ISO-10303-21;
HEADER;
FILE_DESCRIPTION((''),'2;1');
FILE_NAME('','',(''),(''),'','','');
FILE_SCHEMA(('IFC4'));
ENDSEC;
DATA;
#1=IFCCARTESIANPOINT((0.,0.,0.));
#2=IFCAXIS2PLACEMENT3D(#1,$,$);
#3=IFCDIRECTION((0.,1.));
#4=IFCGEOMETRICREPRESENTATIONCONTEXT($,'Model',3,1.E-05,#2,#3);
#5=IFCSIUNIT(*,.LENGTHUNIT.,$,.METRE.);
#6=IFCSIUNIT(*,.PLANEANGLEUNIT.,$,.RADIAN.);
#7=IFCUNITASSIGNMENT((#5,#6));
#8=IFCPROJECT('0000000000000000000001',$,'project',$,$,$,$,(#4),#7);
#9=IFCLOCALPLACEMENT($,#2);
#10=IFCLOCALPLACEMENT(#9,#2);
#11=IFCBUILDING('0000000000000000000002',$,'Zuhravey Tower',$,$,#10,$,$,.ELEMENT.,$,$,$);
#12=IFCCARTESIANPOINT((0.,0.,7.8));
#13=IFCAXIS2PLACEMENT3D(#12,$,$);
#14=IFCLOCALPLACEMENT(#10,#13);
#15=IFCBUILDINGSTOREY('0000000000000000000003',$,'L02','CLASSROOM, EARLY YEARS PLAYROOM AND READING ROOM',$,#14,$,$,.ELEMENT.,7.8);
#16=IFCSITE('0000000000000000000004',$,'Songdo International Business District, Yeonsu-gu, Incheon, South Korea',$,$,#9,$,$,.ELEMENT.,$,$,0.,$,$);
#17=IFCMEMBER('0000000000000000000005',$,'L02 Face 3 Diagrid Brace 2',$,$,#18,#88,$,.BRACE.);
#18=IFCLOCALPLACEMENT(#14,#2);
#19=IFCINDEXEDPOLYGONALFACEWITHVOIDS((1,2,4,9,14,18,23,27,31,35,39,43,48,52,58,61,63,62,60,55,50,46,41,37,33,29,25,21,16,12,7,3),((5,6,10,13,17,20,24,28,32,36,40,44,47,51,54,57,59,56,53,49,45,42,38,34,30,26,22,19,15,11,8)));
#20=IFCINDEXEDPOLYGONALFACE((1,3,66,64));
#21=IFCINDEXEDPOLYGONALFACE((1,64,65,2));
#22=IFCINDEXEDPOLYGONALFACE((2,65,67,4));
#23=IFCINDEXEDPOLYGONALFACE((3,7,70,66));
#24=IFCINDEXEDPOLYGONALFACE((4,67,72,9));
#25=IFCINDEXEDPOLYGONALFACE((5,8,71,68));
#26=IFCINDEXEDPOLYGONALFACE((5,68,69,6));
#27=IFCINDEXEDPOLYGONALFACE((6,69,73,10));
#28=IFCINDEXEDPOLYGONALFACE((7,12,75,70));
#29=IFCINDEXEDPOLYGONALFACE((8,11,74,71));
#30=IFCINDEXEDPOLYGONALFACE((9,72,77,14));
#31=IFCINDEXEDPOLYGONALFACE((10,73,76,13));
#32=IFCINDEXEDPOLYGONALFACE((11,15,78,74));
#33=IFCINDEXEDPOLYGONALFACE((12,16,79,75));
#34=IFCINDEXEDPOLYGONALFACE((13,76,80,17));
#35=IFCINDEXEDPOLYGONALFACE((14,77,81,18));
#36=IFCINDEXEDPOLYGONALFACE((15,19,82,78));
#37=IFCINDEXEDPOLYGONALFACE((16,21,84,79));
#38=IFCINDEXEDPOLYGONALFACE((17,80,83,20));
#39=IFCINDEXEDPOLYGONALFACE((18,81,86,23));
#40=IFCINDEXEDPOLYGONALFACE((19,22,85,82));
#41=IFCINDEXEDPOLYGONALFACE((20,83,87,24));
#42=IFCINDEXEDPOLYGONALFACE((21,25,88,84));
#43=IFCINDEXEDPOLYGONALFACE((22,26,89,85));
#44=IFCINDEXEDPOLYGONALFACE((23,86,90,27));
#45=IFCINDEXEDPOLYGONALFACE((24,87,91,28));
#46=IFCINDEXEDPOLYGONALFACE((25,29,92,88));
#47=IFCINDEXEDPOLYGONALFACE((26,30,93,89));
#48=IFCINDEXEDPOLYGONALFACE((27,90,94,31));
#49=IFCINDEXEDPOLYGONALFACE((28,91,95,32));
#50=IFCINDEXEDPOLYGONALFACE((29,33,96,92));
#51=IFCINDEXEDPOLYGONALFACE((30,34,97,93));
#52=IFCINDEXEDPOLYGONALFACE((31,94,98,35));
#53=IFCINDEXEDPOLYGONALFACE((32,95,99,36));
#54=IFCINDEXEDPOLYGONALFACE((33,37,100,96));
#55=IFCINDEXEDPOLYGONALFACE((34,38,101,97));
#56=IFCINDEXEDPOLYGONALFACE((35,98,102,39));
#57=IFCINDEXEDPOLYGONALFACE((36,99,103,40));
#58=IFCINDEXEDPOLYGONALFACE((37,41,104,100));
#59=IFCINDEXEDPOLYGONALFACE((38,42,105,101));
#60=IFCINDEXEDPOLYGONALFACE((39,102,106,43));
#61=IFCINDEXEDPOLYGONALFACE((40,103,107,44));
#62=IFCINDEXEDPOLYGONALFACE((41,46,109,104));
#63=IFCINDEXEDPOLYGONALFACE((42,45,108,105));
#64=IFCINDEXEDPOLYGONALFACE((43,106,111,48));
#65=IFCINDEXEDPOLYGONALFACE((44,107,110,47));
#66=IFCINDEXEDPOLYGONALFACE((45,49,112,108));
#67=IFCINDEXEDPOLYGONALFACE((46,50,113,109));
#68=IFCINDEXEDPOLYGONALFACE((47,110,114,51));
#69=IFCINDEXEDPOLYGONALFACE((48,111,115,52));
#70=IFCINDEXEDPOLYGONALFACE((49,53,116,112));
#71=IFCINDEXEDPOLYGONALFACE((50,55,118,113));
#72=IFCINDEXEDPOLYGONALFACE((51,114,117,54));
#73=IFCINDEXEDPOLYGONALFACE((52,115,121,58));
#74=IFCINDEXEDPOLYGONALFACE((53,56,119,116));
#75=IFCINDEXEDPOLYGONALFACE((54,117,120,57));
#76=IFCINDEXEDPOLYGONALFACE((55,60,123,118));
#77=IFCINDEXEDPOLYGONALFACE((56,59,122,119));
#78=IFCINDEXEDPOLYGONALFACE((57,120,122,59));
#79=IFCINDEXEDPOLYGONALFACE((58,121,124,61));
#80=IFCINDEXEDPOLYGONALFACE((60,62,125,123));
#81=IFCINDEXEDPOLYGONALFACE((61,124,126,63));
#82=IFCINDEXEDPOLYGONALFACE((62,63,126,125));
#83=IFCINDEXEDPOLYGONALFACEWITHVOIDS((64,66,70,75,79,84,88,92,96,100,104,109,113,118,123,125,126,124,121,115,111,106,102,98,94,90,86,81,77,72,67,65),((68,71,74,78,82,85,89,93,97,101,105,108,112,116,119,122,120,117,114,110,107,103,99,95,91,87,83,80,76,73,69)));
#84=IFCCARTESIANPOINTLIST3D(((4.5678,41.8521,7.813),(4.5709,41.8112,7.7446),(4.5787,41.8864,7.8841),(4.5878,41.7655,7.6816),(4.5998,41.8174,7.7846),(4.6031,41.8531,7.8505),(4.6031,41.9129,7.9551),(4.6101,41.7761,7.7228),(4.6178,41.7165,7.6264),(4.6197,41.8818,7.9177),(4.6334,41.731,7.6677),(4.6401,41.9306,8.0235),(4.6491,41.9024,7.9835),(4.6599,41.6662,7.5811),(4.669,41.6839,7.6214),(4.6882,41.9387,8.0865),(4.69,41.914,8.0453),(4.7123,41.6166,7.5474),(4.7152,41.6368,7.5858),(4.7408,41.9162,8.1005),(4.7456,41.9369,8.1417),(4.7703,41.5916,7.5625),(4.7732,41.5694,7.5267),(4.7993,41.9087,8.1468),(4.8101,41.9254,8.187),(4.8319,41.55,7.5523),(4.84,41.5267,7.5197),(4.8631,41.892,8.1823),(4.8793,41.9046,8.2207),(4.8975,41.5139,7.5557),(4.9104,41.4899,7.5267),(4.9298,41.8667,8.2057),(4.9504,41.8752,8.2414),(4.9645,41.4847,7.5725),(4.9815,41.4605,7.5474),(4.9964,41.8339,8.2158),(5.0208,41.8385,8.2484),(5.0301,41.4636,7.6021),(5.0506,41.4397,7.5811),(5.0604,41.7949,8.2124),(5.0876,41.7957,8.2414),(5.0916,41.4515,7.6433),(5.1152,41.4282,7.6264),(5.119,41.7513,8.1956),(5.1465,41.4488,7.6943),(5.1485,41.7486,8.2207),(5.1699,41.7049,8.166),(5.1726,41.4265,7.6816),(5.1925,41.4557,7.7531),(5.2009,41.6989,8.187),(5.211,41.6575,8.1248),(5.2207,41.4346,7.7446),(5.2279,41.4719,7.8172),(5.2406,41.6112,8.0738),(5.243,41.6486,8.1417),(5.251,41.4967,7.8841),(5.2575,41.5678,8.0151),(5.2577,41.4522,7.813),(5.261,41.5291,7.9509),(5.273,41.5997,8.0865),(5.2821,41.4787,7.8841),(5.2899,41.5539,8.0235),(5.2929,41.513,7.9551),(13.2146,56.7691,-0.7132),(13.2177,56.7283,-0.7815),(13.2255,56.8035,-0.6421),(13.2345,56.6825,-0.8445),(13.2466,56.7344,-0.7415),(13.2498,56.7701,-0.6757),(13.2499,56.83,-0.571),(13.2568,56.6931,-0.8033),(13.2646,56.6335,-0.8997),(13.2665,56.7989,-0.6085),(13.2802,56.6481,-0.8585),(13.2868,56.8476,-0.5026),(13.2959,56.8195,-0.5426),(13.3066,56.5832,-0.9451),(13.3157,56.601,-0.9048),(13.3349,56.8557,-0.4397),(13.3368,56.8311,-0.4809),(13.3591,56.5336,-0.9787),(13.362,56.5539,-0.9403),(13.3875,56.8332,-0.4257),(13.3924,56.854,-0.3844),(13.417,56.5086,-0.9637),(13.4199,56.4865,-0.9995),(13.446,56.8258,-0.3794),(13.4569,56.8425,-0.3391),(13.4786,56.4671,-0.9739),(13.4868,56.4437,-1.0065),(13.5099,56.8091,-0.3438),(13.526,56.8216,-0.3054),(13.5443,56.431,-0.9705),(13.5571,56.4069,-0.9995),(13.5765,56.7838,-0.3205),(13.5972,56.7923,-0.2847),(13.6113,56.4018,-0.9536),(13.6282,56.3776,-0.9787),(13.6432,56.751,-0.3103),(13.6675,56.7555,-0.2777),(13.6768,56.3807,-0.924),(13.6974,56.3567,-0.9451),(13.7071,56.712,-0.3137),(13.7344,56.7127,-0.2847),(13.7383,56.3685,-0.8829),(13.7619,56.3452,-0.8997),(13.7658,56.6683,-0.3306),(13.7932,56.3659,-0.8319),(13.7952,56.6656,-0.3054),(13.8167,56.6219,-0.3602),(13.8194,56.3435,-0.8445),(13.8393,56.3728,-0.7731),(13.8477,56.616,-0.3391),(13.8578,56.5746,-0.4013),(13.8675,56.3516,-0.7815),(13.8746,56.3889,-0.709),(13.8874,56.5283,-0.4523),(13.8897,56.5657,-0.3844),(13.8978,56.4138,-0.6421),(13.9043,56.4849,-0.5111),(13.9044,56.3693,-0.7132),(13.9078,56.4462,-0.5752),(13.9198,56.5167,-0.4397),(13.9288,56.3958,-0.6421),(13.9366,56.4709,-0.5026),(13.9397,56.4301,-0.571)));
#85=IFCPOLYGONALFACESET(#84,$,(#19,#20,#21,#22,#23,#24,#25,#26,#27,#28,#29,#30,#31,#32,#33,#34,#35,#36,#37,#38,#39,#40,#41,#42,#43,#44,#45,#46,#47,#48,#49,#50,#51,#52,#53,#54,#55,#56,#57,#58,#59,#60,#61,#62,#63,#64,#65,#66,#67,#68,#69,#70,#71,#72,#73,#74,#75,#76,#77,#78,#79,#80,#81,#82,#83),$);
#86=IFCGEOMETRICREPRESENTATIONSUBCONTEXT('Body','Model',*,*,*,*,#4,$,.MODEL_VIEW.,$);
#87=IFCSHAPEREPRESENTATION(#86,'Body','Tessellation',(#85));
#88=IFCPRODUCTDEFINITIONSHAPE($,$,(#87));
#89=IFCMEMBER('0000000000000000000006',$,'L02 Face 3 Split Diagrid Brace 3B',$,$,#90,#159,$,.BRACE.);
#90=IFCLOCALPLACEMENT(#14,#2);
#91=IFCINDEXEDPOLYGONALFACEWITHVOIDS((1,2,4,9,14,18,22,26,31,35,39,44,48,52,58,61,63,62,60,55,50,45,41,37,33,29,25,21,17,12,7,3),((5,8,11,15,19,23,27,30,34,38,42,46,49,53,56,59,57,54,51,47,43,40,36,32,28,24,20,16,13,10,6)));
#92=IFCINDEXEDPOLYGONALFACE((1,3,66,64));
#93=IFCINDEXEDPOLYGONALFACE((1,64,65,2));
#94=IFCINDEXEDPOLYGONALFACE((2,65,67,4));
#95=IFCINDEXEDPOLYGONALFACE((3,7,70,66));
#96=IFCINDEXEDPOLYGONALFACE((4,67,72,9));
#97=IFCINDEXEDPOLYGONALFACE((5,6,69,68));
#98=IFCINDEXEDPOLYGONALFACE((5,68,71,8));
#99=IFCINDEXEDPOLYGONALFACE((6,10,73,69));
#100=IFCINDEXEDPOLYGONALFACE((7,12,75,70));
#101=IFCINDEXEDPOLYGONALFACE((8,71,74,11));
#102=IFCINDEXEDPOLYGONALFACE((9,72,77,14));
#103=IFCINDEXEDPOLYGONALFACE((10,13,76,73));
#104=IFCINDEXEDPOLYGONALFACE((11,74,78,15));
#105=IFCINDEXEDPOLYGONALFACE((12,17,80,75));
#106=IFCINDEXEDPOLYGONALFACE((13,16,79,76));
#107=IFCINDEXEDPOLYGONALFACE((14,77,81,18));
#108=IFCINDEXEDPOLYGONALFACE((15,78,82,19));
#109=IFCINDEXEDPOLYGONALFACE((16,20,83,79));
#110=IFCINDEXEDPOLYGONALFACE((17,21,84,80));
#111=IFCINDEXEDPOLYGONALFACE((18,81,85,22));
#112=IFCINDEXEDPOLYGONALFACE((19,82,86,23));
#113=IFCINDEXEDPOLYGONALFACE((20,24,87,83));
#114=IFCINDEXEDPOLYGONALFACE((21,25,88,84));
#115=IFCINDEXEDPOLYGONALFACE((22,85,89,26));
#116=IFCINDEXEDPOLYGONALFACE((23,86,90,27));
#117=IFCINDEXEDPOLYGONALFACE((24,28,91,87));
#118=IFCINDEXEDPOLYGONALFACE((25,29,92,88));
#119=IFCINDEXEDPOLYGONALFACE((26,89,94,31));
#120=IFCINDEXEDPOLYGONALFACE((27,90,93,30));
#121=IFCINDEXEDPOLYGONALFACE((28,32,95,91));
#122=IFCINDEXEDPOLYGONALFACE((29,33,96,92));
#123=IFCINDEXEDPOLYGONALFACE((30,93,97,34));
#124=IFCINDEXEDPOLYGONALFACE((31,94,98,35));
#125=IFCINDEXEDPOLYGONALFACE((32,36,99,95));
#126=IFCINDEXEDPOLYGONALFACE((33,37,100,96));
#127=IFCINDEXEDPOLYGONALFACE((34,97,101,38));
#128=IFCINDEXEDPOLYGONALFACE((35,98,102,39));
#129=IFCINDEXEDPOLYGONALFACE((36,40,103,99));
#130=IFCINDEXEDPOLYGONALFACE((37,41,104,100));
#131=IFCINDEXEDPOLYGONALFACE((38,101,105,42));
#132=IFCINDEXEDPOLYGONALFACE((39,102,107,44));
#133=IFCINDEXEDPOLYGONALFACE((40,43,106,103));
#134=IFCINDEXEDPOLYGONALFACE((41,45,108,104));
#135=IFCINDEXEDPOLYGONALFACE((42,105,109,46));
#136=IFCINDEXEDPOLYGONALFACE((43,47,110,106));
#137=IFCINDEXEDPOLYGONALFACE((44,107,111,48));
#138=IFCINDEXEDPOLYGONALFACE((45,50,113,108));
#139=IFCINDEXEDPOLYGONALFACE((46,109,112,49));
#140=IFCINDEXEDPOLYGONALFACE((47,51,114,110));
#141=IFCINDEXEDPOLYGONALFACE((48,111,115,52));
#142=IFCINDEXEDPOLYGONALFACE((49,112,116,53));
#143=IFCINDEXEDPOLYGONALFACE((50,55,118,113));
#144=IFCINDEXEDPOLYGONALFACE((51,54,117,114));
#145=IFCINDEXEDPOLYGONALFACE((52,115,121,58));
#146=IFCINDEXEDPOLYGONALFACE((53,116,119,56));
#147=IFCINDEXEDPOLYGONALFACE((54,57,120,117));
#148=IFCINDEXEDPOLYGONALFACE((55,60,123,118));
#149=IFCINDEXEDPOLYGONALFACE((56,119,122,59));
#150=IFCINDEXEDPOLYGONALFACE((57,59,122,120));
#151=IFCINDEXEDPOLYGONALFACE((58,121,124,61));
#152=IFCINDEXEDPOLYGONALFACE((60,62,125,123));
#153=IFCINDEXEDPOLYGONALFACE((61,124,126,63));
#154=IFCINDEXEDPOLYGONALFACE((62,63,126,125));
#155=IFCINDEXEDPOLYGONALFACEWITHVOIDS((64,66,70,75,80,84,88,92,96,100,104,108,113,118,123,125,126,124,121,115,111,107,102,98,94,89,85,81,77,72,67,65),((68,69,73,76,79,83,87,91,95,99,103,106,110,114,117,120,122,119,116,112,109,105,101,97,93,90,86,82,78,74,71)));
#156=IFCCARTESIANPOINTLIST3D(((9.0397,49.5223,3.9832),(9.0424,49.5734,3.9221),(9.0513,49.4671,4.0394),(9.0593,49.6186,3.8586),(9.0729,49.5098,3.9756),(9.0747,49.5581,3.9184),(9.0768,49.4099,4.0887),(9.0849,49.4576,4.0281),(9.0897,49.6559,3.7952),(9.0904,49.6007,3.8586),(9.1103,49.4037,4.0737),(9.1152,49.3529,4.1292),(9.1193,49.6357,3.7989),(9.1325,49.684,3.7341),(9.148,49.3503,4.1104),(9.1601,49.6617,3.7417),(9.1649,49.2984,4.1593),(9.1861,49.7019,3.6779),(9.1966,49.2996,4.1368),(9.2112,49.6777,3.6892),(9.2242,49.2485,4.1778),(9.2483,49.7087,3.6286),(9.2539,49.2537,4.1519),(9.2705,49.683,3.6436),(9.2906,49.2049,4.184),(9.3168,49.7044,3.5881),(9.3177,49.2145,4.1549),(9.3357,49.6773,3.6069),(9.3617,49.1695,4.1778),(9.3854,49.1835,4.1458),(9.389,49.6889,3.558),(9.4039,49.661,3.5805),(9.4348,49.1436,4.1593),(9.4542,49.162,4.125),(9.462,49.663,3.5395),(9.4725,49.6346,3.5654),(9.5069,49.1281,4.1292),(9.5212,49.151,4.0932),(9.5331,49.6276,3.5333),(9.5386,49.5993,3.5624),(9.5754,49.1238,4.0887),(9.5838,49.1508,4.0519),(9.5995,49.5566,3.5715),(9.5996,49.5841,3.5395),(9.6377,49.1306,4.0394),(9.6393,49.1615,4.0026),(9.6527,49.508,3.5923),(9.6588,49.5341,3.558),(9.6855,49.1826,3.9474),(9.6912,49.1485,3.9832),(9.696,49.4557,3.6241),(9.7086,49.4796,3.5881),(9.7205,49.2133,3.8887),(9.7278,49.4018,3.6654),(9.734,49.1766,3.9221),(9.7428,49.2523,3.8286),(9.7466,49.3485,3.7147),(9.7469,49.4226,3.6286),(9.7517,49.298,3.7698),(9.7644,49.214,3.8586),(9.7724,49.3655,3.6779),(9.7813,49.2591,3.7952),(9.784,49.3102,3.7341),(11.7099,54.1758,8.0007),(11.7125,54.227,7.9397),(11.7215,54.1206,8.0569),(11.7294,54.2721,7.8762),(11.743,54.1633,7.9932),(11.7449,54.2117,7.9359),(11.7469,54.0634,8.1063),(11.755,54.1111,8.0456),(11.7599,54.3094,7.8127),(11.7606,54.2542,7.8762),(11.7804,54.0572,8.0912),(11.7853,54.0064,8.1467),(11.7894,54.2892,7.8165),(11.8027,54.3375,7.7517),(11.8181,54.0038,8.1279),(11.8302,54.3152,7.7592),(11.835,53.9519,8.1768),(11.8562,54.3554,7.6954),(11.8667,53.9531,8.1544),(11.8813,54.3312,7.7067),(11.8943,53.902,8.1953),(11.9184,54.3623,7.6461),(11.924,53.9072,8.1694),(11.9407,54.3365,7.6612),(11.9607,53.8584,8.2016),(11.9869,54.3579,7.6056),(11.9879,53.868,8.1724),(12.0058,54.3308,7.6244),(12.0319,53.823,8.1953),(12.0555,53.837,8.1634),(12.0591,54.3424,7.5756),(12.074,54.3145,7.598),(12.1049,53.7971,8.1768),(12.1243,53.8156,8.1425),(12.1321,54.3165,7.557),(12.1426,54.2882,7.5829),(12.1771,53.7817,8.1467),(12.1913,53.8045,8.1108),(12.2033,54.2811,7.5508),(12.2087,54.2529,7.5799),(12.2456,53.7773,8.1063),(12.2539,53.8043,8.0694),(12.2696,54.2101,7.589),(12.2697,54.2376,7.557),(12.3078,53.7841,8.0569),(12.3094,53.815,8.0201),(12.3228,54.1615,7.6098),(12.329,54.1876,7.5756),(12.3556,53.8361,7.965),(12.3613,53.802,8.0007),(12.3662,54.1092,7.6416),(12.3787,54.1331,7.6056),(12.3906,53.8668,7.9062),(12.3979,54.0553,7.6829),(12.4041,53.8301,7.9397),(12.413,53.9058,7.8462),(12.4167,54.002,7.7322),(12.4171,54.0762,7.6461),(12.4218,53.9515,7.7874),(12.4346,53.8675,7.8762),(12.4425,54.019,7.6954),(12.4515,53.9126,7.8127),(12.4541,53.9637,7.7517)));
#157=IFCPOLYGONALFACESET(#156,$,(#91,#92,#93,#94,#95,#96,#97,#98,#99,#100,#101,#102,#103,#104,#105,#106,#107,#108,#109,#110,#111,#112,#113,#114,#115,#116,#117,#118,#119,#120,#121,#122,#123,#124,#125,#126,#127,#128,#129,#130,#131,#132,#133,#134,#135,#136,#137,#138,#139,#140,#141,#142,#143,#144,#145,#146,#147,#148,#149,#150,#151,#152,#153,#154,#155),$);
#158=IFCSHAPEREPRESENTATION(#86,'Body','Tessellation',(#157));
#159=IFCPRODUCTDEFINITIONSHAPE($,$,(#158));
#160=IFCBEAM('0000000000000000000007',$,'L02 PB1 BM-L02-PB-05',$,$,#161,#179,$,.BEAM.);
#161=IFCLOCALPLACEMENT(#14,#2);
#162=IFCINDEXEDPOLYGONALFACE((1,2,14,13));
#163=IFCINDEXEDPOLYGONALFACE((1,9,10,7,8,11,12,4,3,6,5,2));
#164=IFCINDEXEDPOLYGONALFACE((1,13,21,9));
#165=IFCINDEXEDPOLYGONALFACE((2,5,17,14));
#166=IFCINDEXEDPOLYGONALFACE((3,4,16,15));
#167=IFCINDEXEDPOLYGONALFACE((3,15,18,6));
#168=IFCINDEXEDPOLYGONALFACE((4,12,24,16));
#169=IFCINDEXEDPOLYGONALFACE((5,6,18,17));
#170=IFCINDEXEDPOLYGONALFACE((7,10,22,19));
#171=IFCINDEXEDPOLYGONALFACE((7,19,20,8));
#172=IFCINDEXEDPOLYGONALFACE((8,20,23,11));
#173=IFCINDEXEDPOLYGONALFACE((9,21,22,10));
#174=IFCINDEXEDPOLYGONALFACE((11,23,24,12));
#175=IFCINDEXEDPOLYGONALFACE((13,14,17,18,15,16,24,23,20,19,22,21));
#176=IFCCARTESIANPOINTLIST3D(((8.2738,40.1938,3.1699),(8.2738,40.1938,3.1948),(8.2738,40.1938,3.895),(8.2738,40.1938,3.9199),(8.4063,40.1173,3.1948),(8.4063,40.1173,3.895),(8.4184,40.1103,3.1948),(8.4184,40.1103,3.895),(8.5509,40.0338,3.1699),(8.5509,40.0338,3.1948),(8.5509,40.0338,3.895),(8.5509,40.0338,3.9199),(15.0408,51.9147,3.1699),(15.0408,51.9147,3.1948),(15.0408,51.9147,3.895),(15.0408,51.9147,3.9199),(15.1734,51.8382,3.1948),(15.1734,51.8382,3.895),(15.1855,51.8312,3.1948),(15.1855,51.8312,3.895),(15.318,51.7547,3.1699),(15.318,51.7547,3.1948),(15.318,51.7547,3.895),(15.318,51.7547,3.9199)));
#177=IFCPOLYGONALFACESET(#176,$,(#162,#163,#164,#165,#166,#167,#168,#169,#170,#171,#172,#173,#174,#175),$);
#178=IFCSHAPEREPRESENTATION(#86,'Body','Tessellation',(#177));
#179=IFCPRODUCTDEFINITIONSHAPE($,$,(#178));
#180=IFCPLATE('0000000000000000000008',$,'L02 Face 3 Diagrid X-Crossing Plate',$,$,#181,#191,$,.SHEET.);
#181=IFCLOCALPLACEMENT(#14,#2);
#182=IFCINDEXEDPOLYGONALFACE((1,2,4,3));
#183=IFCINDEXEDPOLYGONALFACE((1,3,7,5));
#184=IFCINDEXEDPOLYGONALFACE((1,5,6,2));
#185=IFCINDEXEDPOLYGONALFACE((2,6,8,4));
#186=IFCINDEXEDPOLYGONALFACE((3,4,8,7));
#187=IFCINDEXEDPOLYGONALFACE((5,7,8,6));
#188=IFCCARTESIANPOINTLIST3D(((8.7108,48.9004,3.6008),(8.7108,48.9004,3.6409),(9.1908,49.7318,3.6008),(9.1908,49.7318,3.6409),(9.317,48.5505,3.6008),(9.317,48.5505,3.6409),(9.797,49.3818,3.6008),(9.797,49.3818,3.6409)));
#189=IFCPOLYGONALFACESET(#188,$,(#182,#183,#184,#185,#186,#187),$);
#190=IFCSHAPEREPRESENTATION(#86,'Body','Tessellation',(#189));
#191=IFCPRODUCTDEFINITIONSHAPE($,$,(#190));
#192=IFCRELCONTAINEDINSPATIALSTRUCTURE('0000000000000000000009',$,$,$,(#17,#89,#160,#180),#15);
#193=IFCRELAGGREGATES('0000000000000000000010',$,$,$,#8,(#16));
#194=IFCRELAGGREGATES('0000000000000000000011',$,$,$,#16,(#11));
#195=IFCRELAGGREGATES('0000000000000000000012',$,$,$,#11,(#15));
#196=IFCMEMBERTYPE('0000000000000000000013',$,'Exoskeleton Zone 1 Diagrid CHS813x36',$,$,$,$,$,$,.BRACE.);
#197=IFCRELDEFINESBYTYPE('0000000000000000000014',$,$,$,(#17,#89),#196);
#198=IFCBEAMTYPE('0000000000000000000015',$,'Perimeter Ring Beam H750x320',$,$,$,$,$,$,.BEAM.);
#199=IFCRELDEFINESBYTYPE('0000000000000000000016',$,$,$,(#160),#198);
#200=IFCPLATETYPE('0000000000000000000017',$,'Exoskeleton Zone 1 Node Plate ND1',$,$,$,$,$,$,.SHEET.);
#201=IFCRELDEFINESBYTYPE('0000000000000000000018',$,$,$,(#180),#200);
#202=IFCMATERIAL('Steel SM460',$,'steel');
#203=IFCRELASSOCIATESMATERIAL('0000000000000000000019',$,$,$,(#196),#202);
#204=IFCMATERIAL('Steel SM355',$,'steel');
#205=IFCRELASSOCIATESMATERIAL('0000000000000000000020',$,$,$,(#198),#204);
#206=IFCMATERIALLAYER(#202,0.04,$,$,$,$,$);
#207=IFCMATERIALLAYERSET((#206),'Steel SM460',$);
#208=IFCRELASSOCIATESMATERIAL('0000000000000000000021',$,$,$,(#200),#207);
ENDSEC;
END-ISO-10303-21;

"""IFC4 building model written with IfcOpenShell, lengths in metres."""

from ifc_helpers import new_model, si_unit, direction, frame, origin, origin_2d, place, context, subcontext, project, spatial, rectangle, hollow_circle, i_section, extrude, material, layer, layer_set, material_profile, profile_set, type_object, element, save


model = new_model("IFC4")

# Units and contexts
model_context = context("Model", 3, precision=1e-05, world=origin(), true_north=direction((0.0, 1.0)))
body_context = subcontext(model_context, "Body", "Model", "MODEL_VIEW")
ifc_project = project(units=[si_unit("LENGTHUNIT", "METRE"), si_unit("PLANEANGLEUNIT", "RADIAN")], contexts=[model_context])

# Site, building, storey
site_placement = place(None, origin())
site = spatial("IfcSite", under=ifc_project, at=site_placement, Name="Songdo International Business District, Yeonsu-gu, Incheon, South Korea", CompositionType="ELEMENT", RefElevation=0.0)
building_placement = place(site_placement, origin())
building = spatial("IfcBuilding", under=site, at=building_placement, Name="Zuhravey Tower", CompositionType="ELEMENT")
storey_placement = place(building_placement, frame((0.0, 0.0, 7.8)))
storey = spatial("IfcBuildingStorey", under=building, at=storey_placement, Name="L02", Description="CLASSROOM, EARLY YEARS PLAYROOM AND READING ROOM", CompositionType="ELEMENT", Elevation=7.8)

# Members
ifc_material_1 = material(Name="Steel SM355", Category="steel")
ifc_material_2 = material(Name="Steel SM460", Category="steel")
ifc_material_profile_1 = material_profile(ifc_material_2, hollow_circle(Radius=0.4065, WallThickness=0.0359, at=origin_2d()), Name="CHS-812.8x36")
ifc_profile_set_1 = profile_set([ifc_material_profile_1], Name="Steel SM460")
member_type_1 = type_object("IfcMemberType", Name="Exoskeleton Zone 1 Diagrid CHS813x36", PredefinedType="BRACE", material=ifc_profile_set_1)
member_1_placement = place(storey_placement, frame((13.5771, 56.5996, -0.6421), z_axis=(-0.449536, -0.775521, 0.443266), x_axis=(0.86516, -0.501496, 0.0)))
element("IfcMember", 1, at=member_1_placement, inside=storey, type_object=member_type_1, Name="L02 Face 3 Diagrid Brace 2", PredefinedType="BRACE", context=body_context, shape_type="SweptSolid", body=[
    extrude(hollow_circle(Radius=0.4065, WallThickness=0.0359, at=origin_2d()), origin(), (0.0, 0.0, 1.0), 19.2349),
])
member_2_placement = place(storey_placement, frame((9.4119, 49.4163, 3.8586), z_axis=(0.398371, 0.694281, 0.599396), x_axis=(-0.86736, 0.497682, 0.0)))
element("IfcMember", 2, at=member_2_placement, inside=storey, type_object=member_type_1, Name="L02 Face 3 Split Diagrid Brace 3B", PredefinedType="BRACE", context=body_context, shape_type="SweptSolid", body=[
    extrude(hollow_circle(Radius=0.4065, WallThickness=0.0359, at=origin_2d()), origin(), (0.0, 0.0, 1.0), 6.7026),
])

# Beam
ifc_material_profile_2 = material_profile(ifc_material_1, i_section(OverallWidth=0.3201, OverallDepth=0.75, WebThickness=0.0139, FlangeThickness=0.0249, at=origin_2d()), Name="H-750x320x14x25")
ifc_profile_set_2 = profile_set([ifc_material_profile_2], Name="Steel SM355")
beam_type = type_object("IfcBeamType", Name="Perimeter Ring Beam H750x320", PredefinedType="BEAM", material=ifc_profile_set_2)
beam_placement = place(storey_placement, frame((15.1794, 51.8347, 3.5449), z_axis=(-0.5, -0.866025, 0.0), x_axis=(0.866025, -0.5, 0.0)))
element("IfcBeam", 3, at=beam_placement, inside=storey, type_object=beam_type, Name="L02 PB1 BM-L02-PB-05", PredefinedType="BEAM", context=body_context, shape_type="SweptSolid", body=[
    extrude(i_section(OverallWidth=0.3201, OverallDepth=0.75, WebThickness=0.0139, FlangeThickness=0.0249, at=origin_2d()), origin(), (0.0, 0.0, 1.0), 13.5342),
])

# Plate
ifc_layer_1 = layer(ifc_material_2, 0.04)
ifc_layer_set_1 = layer_set([ifc_layer_1], Name="Steel SM460")
plate_type_1 = type_object("IfcPlateType", Name="Exoskeleton Zone 1 Node Plate ND1", PredefinedType="SHEET", material=ifc_layer_set_1)
plate_1_placement = place(storey_placement, frame((9.2539, 49.1411, 3.6008), z_axis=(0.0, 0.0, 1.0), x_axis=(-0.5, -0.866025, 0.0)))
element("IfcPlate", 4, at=plate_1_placement, inside=storey, type_object=plate_type_1, Name="L02 Face 3 Diagrid X-Crossing Plate", PredefinedType="SHEET", context=body_context, shape_type="SweptSolid", body=[
    extrude(rectangle(XDim=0.96, YDim=0.7, at=origin_2d()), origin(), (0.0, 0.0, 1.0), 0.04),
])

save(model, "model.ifc")
